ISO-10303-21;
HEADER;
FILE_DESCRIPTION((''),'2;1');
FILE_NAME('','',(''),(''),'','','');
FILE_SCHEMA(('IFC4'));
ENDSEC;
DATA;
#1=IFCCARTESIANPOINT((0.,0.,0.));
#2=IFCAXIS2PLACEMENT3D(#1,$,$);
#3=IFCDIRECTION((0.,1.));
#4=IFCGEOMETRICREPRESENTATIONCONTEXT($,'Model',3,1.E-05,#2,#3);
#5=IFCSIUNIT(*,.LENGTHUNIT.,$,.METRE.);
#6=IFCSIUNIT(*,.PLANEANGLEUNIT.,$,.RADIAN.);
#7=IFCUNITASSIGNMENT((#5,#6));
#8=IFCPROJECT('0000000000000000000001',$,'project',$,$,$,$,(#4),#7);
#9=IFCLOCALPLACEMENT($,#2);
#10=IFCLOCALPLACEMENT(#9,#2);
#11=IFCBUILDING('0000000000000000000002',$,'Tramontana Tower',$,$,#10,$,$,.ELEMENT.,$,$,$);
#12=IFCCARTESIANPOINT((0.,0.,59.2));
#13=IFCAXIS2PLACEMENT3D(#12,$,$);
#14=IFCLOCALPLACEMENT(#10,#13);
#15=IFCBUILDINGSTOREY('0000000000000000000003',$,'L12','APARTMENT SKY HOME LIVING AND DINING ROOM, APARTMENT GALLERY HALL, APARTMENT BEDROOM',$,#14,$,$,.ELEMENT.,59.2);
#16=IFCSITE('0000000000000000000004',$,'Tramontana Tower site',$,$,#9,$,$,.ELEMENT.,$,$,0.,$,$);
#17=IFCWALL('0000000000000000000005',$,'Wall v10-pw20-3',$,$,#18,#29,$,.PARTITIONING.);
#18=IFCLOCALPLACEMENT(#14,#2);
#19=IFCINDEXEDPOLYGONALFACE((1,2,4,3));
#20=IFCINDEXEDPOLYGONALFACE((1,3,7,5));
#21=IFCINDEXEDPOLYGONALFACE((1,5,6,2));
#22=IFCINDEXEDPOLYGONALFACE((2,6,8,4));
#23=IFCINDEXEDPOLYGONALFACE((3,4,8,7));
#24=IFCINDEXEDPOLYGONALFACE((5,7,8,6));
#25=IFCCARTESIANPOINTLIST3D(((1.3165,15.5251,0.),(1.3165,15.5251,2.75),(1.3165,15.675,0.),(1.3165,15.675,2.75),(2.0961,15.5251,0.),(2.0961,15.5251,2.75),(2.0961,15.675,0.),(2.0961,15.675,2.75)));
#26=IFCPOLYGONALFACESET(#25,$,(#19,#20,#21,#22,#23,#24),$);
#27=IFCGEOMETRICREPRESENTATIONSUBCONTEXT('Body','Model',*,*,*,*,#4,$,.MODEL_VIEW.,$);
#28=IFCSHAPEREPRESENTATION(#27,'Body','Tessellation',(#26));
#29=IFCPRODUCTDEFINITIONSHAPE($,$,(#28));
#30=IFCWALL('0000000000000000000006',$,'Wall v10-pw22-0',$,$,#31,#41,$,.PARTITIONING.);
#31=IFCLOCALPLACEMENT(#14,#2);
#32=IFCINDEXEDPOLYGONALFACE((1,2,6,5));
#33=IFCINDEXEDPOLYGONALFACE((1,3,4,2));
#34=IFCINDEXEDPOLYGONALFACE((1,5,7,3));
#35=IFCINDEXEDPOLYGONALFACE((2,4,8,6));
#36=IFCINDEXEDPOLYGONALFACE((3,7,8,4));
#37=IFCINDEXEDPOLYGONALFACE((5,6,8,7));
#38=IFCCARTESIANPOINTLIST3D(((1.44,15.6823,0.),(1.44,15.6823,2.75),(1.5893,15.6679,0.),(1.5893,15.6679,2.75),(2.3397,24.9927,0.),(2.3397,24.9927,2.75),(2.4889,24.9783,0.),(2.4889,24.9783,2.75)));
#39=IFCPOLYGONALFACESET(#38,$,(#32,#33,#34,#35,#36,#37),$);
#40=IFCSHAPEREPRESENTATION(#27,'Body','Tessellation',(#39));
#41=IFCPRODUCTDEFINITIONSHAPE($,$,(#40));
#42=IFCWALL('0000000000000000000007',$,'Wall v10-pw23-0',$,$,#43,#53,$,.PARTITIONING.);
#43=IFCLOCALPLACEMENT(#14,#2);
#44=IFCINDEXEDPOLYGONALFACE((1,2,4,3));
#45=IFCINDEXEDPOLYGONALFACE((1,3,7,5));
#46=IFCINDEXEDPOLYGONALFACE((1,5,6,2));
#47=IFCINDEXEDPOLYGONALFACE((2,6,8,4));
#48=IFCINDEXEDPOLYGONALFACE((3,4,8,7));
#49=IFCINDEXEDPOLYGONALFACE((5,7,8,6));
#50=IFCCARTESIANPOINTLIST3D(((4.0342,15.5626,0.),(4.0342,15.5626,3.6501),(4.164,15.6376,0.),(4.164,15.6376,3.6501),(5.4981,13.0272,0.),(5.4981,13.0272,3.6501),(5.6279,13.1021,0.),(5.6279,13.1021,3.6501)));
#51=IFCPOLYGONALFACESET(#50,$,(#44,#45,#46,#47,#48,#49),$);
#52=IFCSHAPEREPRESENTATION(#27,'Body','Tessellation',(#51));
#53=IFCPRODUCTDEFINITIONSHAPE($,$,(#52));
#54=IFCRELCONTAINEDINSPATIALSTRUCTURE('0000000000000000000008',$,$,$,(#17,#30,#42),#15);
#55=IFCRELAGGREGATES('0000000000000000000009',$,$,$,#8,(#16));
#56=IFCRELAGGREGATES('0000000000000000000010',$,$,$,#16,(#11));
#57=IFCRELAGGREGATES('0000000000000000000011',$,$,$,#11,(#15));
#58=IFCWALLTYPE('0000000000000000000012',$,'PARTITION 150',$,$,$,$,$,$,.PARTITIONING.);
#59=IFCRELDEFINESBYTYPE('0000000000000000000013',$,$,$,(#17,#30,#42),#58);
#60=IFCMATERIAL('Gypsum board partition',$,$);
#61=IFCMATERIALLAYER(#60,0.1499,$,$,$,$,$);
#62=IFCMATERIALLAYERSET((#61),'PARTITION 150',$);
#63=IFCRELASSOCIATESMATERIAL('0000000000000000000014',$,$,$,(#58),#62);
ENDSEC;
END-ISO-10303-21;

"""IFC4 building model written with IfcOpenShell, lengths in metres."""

from ifc_helpers import new_model, si_unit, direction, frame, frame_2d, origin, place, context, subcontext, project, spatial, rectangle, extrude, material, layer, layer_set, type_object, element, save


model = new_model("IFC4")

# Units and contexts
model_context = context("Model", 3, precision=1e-05, world=origin(), true_north=direction((0.0, 1.0)))
body_context = subcontext(model_context, "Body", "Model", "MODEL_VIEW")
ifc_project = project(units=[si_unit("LENGTHUNIT", "METRE"), si_unit("PLANEANGLEUNIT", "RADIAN")], contexts=[model_context])

# Site, building, storey
site_placement = place(None, origin())
site = spatial("IfcSite", under=ifc_project, at=site_placement, Name="Tramontana Tower site", CompositionType="ELEMENT", RefElevation=0.0)
building_placement = place(site_placement, origin())
building = spatial("IfcBuilding", under=site, at=building_placement, Name="Tramontana Tower", CompositionType="ELEMENT")
storey_placement = place(building_placement, frame((0.0, 0.0, 59.2)))
storey = spatial("IfcBuildingStorey", under=building, at=storey_placement, Name="L12", Description="APARTMENT SKY HOME LIVING AND DINING ROOM, APARTMENT GALLERY HALL, APARTMENT BEDROOM", CompositionType="ELEMENT", Elevation=59.2)

# Wall
ifc_material_1 = material(Name="Gypsum board partition")
ifc_layer_1 = layer(ifc_material_1, 0.1499)
ifc_layer_set_1 = layer_set([ifc_layer_1], Name="PARTITION 150")
wall_type_1 = type_object("IfcWallType", Name="PARTITION 150", PredefinedType="PARTITIONING", material=ifc_layer_set_1)
wall_1_placement = place(storey_placement, frame((1.3167, 15.6001, 0.0), z_axis=(0.0, 0.0, 1.0), x_axis=(1.0, 0.0, 0.0)))
element("IfcWall", 1, at=wall_1_placement, inside=storey, type_object=wall_type_1, Name="Wall v10-pw20-3", PredefinedType="PARTITIONING", context=body_context, shape_type="SweptSolid", body=[
    extrude(rectangle(XDim=0.7795, YDim=0.1499, at=frame_2d((0.3896, 0.0))), origin(), (0.0, 0.0, 1.0), 2.75),
])

# Walls
wall_2_placement = place(storey_placement, frame((2.4143, 24.9854, 0.0), z_axis=(0.0, 0.0, 1.0), x_axis=(-0.096182, -0.995364, 0.0)))
element("IfcWall", 2, at=wall_2_placement, inside=storey, type_object=wall_type_1, Name="Wall v10-pw22-0", PredefinedType="PARTITIONING", context=body_context, shape_type="SweptSolid", body=[
    extrude(rectangle(XDim=9.3538, YDim=0.1499, at=frame_2d((4.6768, 0.0))), origin(), (0.0, 0.0, 1.0), 2.75),
])
wall_3_placement = place(storey_placement, frame((4.0991, 15.6001, 0.0), z_axis=(0.0, 0.0, 1.0), x_axis=(0.500014, -0.866018, 0.0)))
element("IfcWall", 3, at=wall_3_placement, inside=storey, type_object=wall_type_1, Name="Wall v10-pw23-0", PredefinedType="PARTITIONING", context=body_context, shape_type="SweptSolid", body=[
    extrude(rectangle(XDim=2.9277, YDim=0.1499, at=frame_2d((1.4639, 0.0))), origin(), (0.0, 0.0, 1.0), 3.6501),
])

save(model, "model.ifc")
